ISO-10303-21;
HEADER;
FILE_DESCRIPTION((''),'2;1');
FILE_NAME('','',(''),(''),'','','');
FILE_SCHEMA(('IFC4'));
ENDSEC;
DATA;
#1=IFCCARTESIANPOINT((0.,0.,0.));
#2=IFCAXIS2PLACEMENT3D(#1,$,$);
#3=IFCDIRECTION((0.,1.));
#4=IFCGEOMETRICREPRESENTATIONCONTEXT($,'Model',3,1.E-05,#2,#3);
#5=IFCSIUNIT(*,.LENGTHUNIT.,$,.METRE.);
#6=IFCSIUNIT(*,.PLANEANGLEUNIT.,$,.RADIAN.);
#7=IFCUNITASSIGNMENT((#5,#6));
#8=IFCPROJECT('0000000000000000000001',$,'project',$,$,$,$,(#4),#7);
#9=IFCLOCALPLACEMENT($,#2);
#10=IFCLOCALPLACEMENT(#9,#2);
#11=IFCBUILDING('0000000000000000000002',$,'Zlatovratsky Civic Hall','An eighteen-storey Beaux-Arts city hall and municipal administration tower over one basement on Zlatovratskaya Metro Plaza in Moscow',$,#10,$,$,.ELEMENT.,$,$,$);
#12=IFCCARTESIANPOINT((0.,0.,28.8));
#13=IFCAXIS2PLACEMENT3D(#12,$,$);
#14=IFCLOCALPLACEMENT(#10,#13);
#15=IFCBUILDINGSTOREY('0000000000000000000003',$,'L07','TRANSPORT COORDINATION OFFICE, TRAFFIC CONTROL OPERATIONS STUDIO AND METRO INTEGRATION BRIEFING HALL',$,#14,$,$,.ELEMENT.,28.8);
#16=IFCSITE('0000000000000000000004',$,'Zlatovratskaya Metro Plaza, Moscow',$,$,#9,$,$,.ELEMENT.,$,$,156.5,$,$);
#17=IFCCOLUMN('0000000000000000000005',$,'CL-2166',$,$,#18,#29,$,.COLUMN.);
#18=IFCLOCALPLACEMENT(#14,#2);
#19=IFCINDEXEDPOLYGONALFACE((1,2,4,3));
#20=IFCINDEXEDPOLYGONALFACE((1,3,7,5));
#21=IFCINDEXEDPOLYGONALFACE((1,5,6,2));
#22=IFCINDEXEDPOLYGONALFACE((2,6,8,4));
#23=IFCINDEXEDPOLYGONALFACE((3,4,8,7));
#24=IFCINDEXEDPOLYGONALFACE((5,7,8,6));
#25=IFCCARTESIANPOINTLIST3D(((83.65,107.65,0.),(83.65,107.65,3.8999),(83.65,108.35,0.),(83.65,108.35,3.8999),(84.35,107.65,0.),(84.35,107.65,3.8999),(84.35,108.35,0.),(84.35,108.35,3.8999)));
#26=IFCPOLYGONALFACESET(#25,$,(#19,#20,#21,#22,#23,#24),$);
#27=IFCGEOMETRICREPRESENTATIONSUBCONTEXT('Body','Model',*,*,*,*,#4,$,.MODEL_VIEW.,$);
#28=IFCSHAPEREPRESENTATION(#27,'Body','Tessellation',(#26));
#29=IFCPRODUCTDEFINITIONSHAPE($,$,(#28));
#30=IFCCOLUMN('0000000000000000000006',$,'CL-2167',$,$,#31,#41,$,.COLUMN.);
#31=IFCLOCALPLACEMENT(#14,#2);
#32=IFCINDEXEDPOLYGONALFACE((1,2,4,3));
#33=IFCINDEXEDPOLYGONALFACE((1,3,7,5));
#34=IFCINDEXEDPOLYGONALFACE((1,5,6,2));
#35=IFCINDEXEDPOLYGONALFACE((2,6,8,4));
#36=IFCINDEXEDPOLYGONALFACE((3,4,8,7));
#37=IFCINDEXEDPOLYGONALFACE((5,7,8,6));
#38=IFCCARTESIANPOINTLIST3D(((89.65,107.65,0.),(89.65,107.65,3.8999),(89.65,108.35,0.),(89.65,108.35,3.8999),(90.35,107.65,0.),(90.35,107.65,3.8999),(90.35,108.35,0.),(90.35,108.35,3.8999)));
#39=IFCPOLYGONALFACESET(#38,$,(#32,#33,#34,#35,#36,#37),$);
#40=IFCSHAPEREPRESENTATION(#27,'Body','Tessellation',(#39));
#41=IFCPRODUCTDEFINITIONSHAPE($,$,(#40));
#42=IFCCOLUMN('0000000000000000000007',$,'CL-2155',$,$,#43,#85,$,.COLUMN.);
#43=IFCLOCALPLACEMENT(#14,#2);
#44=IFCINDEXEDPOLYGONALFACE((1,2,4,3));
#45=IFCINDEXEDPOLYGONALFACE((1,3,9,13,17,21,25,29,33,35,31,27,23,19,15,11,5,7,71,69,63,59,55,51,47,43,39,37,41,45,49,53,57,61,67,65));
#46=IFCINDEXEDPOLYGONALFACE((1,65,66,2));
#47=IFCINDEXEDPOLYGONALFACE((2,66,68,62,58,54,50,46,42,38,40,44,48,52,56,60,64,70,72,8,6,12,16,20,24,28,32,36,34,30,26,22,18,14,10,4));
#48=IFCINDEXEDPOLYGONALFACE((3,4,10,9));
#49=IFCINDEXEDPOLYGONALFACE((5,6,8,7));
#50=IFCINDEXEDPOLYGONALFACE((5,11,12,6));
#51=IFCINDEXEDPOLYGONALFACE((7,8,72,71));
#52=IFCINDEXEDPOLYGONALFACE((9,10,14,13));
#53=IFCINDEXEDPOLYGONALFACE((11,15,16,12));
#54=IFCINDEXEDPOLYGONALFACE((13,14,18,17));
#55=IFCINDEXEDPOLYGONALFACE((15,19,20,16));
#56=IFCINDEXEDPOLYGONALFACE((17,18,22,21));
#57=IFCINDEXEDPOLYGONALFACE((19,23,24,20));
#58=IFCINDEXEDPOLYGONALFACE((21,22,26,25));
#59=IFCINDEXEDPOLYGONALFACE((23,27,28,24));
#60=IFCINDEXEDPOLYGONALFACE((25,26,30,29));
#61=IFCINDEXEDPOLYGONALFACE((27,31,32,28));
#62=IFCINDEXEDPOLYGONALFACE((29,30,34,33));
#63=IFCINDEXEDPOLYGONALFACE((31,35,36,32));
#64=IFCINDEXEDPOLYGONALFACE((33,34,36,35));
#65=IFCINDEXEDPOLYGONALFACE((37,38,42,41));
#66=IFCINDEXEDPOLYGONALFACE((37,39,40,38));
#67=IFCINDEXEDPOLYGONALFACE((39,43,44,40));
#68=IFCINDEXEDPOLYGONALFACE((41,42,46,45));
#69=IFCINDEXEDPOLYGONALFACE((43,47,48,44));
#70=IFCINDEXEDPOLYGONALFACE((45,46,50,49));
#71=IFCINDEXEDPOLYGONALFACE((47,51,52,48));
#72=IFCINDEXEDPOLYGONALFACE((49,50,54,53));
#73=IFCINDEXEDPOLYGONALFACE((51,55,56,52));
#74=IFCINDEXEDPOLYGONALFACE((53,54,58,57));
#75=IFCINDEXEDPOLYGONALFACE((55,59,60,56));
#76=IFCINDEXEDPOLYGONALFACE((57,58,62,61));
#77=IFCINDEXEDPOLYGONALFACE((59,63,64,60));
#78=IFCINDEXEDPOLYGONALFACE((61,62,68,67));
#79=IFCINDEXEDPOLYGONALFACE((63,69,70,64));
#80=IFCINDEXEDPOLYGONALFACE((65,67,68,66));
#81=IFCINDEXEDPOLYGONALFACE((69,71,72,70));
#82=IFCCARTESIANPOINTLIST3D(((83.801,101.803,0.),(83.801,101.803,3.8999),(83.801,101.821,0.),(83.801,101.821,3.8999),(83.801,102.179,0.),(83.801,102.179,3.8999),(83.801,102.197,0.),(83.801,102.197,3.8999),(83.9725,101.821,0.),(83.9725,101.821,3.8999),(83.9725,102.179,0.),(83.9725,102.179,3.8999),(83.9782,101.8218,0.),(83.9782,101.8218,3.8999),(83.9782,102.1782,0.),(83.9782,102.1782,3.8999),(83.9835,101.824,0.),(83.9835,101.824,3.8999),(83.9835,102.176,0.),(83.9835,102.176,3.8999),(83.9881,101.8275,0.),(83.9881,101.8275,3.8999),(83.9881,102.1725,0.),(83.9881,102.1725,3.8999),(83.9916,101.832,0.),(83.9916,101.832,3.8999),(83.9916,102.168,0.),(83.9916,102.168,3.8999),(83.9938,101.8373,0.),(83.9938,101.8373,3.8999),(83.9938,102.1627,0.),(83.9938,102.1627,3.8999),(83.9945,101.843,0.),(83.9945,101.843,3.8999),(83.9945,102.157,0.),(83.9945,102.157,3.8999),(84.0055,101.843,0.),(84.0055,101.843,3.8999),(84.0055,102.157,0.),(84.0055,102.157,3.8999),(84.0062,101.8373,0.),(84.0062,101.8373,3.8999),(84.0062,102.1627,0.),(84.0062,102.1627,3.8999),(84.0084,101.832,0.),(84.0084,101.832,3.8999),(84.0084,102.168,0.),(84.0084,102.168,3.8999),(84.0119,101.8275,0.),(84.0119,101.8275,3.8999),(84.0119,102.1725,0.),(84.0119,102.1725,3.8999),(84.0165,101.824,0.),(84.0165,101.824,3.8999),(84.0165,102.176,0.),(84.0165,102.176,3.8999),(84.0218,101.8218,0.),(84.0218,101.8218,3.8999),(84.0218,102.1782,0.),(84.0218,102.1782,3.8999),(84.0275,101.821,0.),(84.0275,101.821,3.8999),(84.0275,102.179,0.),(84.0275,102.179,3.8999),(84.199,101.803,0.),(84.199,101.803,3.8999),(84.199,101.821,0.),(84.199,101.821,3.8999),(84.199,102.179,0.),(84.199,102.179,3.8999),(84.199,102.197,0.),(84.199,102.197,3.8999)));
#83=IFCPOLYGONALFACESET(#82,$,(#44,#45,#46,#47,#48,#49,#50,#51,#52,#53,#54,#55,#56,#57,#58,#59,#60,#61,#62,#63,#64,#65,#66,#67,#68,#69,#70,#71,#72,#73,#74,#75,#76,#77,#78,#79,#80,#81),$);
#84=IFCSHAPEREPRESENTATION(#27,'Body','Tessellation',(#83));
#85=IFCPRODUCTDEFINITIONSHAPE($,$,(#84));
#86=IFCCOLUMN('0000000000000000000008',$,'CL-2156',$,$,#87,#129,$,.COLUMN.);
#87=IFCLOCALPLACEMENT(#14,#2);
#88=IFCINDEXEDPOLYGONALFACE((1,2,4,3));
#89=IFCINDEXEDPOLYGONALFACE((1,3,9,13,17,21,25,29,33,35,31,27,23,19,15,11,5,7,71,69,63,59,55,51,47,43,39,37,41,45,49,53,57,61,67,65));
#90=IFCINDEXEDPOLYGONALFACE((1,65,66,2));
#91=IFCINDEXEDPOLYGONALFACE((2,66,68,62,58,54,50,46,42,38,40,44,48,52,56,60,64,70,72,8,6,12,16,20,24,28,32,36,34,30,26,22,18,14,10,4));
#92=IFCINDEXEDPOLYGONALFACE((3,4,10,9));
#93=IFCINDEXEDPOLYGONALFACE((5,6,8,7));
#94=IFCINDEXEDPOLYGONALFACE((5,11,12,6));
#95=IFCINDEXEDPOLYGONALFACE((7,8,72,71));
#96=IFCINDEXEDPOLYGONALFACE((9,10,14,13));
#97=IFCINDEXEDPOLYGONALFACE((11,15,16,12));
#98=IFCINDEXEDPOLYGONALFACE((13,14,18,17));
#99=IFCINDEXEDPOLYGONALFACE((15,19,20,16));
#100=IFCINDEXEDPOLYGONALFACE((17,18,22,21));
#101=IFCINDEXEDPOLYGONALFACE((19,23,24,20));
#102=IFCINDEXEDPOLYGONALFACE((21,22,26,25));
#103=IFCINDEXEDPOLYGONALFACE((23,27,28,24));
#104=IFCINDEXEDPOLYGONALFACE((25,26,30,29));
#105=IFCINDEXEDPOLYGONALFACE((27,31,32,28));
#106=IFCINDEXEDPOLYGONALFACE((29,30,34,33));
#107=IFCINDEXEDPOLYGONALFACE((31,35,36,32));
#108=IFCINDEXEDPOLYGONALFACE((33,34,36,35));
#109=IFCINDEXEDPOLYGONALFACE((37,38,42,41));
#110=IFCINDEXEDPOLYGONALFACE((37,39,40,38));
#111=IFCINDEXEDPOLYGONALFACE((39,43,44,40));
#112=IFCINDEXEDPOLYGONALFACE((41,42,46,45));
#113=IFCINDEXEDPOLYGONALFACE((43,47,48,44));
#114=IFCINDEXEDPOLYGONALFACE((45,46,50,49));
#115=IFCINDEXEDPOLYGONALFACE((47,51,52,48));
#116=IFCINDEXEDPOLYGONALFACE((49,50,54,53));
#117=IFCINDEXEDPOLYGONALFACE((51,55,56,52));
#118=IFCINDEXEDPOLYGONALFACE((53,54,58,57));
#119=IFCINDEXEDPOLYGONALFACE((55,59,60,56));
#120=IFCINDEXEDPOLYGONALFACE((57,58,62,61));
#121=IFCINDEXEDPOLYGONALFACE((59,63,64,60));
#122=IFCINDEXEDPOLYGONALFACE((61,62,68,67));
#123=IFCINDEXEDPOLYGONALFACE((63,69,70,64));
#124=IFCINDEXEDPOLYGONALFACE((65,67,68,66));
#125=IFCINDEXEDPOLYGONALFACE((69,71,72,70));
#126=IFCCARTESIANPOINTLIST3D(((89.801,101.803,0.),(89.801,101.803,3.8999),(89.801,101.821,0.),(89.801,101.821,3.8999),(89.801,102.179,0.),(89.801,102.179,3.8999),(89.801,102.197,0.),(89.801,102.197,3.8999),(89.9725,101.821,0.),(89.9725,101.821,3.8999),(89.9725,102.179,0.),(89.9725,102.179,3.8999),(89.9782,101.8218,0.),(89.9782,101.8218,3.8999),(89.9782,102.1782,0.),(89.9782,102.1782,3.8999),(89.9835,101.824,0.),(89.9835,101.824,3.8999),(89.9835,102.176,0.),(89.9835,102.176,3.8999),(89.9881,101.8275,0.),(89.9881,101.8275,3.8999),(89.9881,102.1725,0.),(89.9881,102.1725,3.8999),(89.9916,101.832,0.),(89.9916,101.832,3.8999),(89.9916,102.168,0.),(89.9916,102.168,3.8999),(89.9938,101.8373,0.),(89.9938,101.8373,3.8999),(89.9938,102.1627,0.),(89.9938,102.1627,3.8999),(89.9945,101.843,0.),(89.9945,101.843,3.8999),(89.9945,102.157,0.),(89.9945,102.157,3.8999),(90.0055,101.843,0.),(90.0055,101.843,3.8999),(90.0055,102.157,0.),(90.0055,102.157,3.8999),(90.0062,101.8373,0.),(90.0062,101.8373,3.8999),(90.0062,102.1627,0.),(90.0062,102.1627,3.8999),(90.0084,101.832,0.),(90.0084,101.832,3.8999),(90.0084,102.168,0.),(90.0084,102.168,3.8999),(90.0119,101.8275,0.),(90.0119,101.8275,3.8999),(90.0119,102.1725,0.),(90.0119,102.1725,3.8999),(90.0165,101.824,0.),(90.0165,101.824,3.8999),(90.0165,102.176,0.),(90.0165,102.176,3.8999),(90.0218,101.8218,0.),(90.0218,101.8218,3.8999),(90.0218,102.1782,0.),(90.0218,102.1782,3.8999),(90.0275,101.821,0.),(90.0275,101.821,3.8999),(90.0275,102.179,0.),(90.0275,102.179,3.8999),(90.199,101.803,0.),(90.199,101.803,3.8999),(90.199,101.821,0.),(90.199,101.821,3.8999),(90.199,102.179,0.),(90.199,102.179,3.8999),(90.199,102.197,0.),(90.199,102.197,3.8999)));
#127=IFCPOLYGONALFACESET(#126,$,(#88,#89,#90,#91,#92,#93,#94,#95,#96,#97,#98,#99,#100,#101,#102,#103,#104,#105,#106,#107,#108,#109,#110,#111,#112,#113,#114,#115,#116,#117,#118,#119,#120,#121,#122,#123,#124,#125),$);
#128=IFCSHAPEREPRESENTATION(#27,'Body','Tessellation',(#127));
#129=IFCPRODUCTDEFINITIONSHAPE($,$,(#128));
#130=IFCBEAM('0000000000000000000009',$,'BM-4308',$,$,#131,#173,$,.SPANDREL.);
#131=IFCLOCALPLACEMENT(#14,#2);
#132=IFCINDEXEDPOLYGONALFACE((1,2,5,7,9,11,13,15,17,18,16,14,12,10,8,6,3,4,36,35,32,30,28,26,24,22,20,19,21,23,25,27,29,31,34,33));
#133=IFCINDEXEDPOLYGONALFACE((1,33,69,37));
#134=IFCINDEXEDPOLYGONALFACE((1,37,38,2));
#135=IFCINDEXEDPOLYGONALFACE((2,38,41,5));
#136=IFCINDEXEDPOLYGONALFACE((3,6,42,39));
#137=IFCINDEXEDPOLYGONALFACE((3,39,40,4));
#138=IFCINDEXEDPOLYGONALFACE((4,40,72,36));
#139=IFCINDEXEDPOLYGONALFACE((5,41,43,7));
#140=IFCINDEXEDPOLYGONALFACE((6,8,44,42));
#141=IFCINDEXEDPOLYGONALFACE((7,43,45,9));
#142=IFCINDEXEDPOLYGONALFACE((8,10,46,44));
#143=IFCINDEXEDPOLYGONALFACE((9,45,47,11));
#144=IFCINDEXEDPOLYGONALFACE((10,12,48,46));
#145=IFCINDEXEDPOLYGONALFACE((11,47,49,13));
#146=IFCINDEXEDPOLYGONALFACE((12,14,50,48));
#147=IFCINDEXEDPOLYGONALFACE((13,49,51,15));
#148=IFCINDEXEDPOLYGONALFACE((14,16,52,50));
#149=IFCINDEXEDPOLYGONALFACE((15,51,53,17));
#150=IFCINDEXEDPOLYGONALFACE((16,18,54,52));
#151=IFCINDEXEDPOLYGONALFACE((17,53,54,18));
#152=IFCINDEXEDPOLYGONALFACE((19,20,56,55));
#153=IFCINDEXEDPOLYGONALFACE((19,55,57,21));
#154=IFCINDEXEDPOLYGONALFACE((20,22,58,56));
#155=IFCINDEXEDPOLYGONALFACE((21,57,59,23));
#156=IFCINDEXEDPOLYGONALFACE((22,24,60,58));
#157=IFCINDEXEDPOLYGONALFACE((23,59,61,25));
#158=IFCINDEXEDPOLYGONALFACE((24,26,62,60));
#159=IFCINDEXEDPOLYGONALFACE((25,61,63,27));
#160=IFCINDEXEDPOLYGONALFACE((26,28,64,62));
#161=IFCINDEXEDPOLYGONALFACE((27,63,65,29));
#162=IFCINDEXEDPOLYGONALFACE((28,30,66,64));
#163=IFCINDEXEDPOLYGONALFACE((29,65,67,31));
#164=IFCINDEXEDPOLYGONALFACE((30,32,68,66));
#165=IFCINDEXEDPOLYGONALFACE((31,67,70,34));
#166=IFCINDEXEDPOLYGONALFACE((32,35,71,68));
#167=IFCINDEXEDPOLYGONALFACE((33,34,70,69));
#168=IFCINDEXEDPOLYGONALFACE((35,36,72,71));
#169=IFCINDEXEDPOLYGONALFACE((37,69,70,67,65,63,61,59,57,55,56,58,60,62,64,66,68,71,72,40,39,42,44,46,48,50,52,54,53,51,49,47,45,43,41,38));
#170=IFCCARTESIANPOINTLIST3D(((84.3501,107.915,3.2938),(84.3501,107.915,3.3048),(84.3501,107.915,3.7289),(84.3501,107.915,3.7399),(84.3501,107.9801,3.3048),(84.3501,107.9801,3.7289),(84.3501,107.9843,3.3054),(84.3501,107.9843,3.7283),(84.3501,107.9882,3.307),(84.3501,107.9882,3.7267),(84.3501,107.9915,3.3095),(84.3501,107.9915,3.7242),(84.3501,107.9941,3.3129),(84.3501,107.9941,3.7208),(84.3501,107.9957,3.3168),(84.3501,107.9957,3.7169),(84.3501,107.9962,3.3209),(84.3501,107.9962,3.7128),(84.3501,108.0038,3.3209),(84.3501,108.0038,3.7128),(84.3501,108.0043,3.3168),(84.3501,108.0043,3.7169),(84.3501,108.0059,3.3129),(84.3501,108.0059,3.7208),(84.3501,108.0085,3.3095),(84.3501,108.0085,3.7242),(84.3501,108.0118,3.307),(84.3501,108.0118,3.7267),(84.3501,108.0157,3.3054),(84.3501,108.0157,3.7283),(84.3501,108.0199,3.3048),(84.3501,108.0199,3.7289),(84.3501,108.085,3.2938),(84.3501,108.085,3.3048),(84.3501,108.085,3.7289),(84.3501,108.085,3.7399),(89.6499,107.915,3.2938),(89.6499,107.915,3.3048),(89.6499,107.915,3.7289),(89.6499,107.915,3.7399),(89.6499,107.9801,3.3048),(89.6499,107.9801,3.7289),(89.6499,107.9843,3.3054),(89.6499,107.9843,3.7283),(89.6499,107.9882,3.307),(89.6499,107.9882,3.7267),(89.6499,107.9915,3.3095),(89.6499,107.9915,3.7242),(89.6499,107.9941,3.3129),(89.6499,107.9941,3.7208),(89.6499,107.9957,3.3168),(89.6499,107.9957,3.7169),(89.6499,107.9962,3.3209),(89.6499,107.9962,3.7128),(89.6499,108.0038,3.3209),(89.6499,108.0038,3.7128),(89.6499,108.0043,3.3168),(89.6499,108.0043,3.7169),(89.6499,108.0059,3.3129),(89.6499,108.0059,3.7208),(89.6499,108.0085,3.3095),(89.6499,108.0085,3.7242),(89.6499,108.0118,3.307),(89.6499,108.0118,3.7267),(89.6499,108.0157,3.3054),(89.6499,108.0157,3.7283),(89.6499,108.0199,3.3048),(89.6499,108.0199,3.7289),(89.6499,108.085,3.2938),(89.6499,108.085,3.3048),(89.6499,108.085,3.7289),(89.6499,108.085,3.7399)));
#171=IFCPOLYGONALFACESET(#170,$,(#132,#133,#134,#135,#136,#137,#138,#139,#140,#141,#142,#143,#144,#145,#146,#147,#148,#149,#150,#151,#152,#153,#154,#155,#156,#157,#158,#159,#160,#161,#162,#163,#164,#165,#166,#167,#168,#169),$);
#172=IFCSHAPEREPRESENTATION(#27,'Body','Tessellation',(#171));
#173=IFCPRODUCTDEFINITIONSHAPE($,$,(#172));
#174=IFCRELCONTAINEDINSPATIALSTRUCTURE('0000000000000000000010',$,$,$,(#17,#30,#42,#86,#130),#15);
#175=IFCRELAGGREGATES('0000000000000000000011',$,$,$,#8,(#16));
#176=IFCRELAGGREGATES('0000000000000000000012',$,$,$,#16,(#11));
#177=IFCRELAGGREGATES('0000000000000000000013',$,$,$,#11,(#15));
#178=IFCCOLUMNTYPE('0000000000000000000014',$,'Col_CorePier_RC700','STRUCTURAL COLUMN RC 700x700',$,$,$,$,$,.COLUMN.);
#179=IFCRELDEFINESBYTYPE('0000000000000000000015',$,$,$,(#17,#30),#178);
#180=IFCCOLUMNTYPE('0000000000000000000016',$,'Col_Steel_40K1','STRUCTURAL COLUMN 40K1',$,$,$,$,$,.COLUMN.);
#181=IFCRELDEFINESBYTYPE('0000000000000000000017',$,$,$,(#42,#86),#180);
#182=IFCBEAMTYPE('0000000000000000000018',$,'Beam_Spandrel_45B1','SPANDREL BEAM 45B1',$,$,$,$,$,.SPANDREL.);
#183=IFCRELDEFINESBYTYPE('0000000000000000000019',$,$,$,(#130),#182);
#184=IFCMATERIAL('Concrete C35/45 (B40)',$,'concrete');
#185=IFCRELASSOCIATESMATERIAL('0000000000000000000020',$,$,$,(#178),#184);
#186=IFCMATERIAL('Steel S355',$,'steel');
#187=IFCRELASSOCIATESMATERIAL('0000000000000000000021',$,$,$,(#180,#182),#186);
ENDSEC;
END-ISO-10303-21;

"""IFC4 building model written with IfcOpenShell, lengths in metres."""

from ifc_helpers import new_model, si_unit, direction, frame, origin, origin_2d, place, context, subcontext, project, spatial, rectangle, i_section, extrude, material, material_profile, profile_set, type_object, element, save


model = new_model("IFC4")

# Units and contexts
model_context = context("Model", 3, precision=1e-05, world=origin(), true_north=direction((0.0, 1.0)))
body_context = subcontext(model_context, "Body", "Model", "MODEL_VIEW")
ifc_project = project(units=[si_unit("LENGTHUNIT", "METRE"), si_unit("PLANEANGLEUNIT", "RADIAN")], contexts=[model_context])

# Site, building, storey
site_placement = place(None, origin())
site = spatial("IfcSite", under=ifc_project, at=site_placement, Name="Zlatovratskaya Metro Plaza, Moscow", CompositionType="ELEMENT", RefElevation=156.5)
building_placement = place(site_placement, origin())
building = spatial("IfcBuilding", under=site, at=building_placement, Name="Zlatovratsky Civic Hall", Description="An eighteen-storey Beaux-Arts city hall and municipal administration tower over one basement on Zlatovratskaya Metro Plaza in Moscow", CompositionType="ELEMENT")
storey_placement = place(building_placement, frame((0.0, 0.0, 28.8)))
storey = spatial("IfcBuildingStorey", under=building, at=storey_placement, Name="L07", Description="TRANSPORT COORDINATION OFFICE, TRAFFIC CONTROL OPERATIONS STUDIO AND METRO INTEGRATION BRIEFING HALL", CompositionType="ELEMENT", Elevation=28.8)

# Columns
ifc_material_1 = material(Name="Concrete C35/45 (B40)", Category="concrete")
ifc_material_profile_1 = material_profile(ifc_material_1, rectangle(XDim=0.7, YDim=0.7, at=origin_2d()), Name="RC 700x700")
ifc_profile_set_1 = profile_set([ifc_material_profile_1], Name="Concrete C35/45 (B40)")
column_type_1 = type_object("IfcColumnType", Name="Col_CorePier_RC700", Description="STRUCTURAL COLUMN RC 700x700", PredefinedType="COLUMN", material=ifc_profile_set_1)
for number, where, z_axis, x_axis, name in (
    (1, (84.0, 108.0, 0.0), (0.0, 0.0, 1.0), (1.0, 0.0, 0.0), "CL-2166"),
    (2, (90.0, 108.0, 0.0), (0.0, 0.0, 1.0), (1.0, 0.0, 0.0), "CL-2167"),
):
    element("IfcColumn", number, at=place(storey_placement, frame(where, z_axis=z_axis, x_axis=x_axis)), inside=storey, type_object=column_type_1, Name=name, PredefinedType="COLUMN", context=body_context, shape_type="SweptSolid", body=[
        extrude(rectangle(XDim=0.7, YDim=0.7, at=origin_2d()), origin(), (0.0, 0.0, 1.0), 3.8999),
    ])
ifc_material_2 = material(Name="Steel S355", Category="steel")
ifc_material_profile_2 = material_profile(ifc_material_2, i_section(OverallWidth=0.3979, OverallDepth=0.394, WebThickness=0.011, FlangeThickness=0.0181, FilletRadius=0.022, at=origin_2d()), Name="40K1")
ifc_profile_set_2 = profile_set([ifc_material_profile_2], Name="Steel S355")
column_type_2 = type_object("IfcColumnType", Name="Col_Steel_40K1", Description="STRUCTURAL COLUMN 40K1", PredefinedType="COLUMN", material=ifc_profile_set_2)
for number, where, z_axis, x_axis, name in (
    (3, (84.0, 102.0, 0.0), (0.0, 0.0, 1.0), (1.0, 0.0, 0.0), "CL-2155"),
    (4, (90.0, 102.0, 0.0), (0.0, 0.0, 1.0), (1.0, 0.0, 0.0), "CL-2156"),
):
    element("IfcColumn", number, at=place(storey_placement, frame(where, z_axis=z_axis, x_axis=x_axis)), inside=storey, type_object=column_type_2, Name=name, PredefinedType="COLUMN", context=body_context, shape_type="SweptSolid", body=[
        extrude(i_section(OverallWidth=0.3979, OverallDepth=0.394, WebThickness=0.011, FlangeThickness=0.0181, FilletRadius=0.022, at=origin_2d()), origin(), (0.0, 0.0, 1.0), 3.8999),
    ])

# Beam
ifc_material_profile_3 = material_profile(ifc_material_2, i_section(OverallWidth=0.1699, OverallDepth=0.446, WebThickness=0.0076, FlangeThickness=0.011, FilletRadius=0.0161, at=origin_2d()), Name="45B1")
ifc_profile_set_3 = profile_set([ifc_material_profile_3], Name="Steel S355")
beam_type_1 = type_object("IfcBeamType", Name="Beam_Spandrel_45B1", Description="SPANDREL BEAM 45B1", PredefinedType="SPANDREL", material=ifc_profile_set_3)
for number, where, z_axis, x_axis, name in (
    (5, (84.3501, 108.0, 3.5168), (1.0, 0.0, 0.0), (0.0, 1.0, 0.0), "BM-4308"),
):
    element("IfcBeam", number, at=place(storey_placement, frame(where, z_axis=z_axis, x_axis=x_axis)), inside=storey, type_object=beam_type_1, Name=name, PredefinedType="SPANDREL", context=body_context, shape_type="SweptSolid", body=[
        extrude(i_section(OverallWidth=0.1699, OverallDepth=0.446, WebThickness=0.0076, FlangeThickness=0.011, FilletRadius=0.0161, at=origin_2d()), origin(), (0.0, 0.0, 1.0), 5.2998),
    ])

save(model, "model.ifc")
